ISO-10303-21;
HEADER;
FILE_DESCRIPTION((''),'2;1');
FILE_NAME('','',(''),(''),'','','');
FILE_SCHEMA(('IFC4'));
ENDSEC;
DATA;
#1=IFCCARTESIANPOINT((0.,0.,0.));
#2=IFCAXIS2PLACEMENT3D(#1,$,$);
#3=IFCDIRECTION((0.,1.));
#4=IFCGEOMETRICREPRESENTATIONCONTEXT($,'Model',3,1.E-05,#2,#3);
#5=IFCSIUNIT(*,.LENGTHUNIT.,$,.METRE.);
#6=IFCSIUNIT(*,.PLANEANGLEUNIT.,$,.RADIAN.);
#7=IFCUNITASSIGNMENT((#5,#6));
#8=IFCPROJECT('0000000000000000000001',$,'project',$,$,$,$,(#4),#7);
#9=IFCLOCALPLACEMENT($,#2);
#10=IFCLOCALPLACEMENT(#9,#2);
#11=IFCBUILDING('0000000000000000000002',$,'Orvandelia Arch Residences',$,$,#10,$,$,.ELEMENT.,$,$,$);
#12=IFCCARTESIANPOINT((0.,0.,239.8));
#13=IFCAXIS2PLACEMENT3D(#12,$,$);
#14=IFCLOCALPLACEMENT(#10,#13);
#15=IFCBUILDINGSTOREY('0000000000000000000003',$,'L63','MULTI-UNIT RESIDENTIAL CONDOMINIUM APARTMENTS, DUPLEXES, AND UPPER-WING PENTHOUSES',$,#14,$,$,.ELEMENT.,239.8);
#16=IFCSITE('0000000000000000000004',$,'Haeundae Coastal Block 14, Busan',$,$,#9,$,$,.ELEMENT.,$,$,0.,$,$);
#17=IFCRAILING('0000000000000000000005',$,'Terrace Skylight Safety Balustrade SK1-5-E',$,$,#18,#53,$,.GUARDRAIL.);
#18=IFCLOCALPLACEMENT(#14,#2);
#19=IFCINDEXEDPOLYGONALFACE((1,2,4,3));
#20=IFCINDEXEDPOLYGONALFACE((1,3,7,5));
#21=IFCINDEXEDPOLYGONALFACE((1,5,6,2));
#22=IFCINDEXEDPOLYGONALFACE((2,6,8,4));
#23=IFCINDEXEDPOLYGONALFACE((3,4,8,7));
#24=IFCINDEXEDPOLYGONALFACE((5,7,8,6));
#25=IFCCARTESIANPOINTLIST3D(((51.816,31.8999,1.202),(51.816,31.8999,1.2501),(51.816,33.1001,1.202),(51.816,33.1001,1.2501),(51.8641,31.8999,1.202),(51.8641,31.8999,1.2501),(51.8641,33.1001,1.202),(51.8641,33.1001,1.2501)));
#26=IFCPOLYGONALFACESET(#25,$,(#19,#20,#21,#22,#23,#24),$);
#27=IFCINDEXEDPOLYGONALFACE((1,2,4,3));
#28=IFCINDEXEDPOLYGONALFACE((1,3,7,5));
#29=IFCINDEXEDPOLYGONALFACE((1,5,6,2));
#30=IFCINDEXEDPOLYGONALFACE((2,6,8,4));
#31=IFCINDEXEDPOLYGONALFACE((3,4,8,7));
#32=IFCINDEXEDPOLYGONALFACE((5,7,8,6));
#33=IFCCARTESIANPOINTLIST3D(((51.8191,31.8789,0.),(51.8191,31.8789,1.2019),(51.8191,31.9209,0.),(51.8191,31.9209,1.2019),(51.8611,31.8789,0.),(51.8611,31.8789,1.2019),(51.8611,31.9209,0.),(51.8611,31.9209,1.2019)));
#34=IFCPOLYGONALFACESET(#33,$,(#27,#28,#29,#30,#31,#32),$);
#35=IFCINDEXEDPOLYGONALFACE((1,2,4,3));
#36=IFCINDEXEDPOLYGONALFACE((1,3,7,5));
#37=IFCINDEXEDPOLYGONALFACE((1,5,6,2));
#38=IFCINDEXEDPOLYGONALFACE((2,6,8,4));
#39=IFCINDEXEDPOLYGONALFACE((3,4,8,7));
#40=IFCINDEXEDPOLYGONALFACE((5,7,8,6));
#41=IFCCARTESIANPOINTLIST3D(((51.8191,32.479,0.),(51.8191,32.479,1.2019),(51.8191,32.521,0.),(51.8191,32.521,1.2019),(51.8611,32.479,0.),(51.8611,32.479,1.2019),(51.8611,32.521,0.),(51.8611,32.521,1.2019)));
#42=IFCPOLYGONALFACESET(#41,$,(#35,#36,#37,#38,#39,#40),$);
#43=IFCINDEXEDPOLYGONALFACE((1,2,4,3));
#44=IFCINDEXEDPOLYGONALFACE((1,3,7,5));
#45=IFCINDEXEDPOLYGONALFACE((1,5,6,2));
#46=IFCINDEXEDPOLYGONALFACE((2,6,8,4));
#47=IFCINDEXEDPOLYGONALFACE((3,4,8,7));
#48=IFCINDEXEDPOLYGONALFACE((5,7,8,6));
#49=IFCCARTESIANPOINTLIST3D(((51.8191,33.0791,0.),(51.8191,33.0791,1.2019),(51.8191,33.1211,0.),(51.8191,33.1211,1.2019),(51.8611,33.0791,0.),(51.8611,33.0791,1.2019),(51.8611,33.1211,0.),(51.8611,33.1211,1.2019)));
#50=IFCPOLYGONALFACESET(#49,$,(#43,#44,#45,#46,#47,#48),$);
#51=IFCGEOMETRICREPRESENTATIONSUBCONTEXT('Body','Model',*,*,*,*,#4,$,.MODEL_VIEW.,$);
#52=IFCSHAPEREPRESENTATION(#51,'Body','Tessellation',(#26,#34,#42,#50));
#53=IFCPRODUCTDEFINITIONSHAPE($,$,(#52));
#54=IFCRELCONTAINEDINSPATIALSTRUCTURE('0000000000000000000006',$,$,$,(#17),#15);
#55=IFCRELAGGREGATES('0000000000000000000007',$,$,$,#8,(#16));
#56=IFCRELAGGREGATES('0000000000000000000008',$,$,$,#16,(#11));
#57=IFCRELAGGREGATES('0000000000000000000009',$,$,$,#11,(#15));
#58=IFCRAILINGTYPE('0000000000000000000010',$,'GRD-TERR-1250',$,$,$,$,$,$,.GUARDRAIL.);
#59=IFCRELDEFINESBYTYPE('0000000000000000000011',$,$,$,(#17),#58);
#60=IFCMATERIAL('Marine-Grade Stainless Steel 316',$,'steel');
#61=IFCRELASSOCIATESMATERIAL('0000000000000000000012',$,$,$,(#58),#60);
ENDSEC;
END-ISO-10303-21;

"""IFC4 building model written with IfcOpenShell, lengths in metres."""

from ifc_helpers import new_model, si_unit, direction, frame, origin, origin_2d, place, context, subcontext, project, spatial, rectangle, extrude, material, type_object, element, save


model = new_model("IFC4")

# Units and contexts
model_context = context("Model", 3, precision=1e-05, world=origin(), true_north=direction((0.0, 1.0)))
body_context = subcontext(model_context, "Body", "Model", "MODEL_VIEW")
ifc_project = project(units=[si_unit("LENGTHUNIT", "METRE"), si_unit("PLANEANGLEUNIT", "RADIAN")], contexts=[model_context])

# Site, building, storey
site_placement = place(None, origin())
site = spatial("IfcSite", under=ifc_project, at=site_placement, Name="Haeundae Coastal Block 14, Busan", CompositionType="ELEMENT", RefElevation=0.0)
building_placement = place(site_placement, origin())
building = spatial("IfcBuilding", under=site, at=building_placement, Name="Orvandelia Arch Residences", CompositionType="ELEMENT")
storey_placement = place(building_placement, frame((0.0, 0.0, 239.8)))
storey = spatial("IfcBuildingStorey", under=building, at=storey_placement, Name="L63", Description="MULTI-UNIT RESIDENTIAL CONDOMINIUM APARTMENTS, DUPLEXES, AND UPPER-WING PENTHOUSES", CompositionType="ELEMENT", Elevation=239.8)

# Railing
ifc_material_1 = material(Name="Marine-Grade Stainless Steel 316", Category="steel")
railing_type_1 = type_object("IfcRailingType", Name="GRD-TERR-1250", PredefinedType="GUARDRAIL", material=ifc_material_1)
for number, where, name in (
    (1, (51.8401, 31.8999, 0.0), "Terrace Skylight Safety Balustrade SK1-5-E"),
):
    element("IfcRailing", number, at=place(storey_placement, frame(where)), inside=storey, type_object=railing_type_1, Name=name, PredefinedType="GUARDRAIL", context=body_context, shape_type="SweptSolid", body=[
        extrude(rectangle(XDim=0.0481, YDim=0.0481, at=origin_2d()), frame((0.0, 0.0, 1.2261), z_axis=(0.0, 1.0, 0.0), x_axis=(-1.0, 0.0, 0.0)), (0.0, 0.0, 1.0), 1.2002),
        extrude(rectangle(XDim=0.042, YDim=0.042, at=origin_2d()), origin(), (0.0, 0.0, 1.0), 1.2019),
        extrude(rectangle(XDim=0.042, YDim=0.042, at=origin_2d()), frame((0.0, 0.6001, 0.0)), (0.0, 0.0, 1.0), 1.2019),
        extrude(rectangle(XDim=0.042, YDim=0.042, at=origin_2d()), frame((0.0, 1.2002, 0.0)), (0.0, 0.0, 1.0), 1.2019),
    ])

save(model, "model.ifc")
